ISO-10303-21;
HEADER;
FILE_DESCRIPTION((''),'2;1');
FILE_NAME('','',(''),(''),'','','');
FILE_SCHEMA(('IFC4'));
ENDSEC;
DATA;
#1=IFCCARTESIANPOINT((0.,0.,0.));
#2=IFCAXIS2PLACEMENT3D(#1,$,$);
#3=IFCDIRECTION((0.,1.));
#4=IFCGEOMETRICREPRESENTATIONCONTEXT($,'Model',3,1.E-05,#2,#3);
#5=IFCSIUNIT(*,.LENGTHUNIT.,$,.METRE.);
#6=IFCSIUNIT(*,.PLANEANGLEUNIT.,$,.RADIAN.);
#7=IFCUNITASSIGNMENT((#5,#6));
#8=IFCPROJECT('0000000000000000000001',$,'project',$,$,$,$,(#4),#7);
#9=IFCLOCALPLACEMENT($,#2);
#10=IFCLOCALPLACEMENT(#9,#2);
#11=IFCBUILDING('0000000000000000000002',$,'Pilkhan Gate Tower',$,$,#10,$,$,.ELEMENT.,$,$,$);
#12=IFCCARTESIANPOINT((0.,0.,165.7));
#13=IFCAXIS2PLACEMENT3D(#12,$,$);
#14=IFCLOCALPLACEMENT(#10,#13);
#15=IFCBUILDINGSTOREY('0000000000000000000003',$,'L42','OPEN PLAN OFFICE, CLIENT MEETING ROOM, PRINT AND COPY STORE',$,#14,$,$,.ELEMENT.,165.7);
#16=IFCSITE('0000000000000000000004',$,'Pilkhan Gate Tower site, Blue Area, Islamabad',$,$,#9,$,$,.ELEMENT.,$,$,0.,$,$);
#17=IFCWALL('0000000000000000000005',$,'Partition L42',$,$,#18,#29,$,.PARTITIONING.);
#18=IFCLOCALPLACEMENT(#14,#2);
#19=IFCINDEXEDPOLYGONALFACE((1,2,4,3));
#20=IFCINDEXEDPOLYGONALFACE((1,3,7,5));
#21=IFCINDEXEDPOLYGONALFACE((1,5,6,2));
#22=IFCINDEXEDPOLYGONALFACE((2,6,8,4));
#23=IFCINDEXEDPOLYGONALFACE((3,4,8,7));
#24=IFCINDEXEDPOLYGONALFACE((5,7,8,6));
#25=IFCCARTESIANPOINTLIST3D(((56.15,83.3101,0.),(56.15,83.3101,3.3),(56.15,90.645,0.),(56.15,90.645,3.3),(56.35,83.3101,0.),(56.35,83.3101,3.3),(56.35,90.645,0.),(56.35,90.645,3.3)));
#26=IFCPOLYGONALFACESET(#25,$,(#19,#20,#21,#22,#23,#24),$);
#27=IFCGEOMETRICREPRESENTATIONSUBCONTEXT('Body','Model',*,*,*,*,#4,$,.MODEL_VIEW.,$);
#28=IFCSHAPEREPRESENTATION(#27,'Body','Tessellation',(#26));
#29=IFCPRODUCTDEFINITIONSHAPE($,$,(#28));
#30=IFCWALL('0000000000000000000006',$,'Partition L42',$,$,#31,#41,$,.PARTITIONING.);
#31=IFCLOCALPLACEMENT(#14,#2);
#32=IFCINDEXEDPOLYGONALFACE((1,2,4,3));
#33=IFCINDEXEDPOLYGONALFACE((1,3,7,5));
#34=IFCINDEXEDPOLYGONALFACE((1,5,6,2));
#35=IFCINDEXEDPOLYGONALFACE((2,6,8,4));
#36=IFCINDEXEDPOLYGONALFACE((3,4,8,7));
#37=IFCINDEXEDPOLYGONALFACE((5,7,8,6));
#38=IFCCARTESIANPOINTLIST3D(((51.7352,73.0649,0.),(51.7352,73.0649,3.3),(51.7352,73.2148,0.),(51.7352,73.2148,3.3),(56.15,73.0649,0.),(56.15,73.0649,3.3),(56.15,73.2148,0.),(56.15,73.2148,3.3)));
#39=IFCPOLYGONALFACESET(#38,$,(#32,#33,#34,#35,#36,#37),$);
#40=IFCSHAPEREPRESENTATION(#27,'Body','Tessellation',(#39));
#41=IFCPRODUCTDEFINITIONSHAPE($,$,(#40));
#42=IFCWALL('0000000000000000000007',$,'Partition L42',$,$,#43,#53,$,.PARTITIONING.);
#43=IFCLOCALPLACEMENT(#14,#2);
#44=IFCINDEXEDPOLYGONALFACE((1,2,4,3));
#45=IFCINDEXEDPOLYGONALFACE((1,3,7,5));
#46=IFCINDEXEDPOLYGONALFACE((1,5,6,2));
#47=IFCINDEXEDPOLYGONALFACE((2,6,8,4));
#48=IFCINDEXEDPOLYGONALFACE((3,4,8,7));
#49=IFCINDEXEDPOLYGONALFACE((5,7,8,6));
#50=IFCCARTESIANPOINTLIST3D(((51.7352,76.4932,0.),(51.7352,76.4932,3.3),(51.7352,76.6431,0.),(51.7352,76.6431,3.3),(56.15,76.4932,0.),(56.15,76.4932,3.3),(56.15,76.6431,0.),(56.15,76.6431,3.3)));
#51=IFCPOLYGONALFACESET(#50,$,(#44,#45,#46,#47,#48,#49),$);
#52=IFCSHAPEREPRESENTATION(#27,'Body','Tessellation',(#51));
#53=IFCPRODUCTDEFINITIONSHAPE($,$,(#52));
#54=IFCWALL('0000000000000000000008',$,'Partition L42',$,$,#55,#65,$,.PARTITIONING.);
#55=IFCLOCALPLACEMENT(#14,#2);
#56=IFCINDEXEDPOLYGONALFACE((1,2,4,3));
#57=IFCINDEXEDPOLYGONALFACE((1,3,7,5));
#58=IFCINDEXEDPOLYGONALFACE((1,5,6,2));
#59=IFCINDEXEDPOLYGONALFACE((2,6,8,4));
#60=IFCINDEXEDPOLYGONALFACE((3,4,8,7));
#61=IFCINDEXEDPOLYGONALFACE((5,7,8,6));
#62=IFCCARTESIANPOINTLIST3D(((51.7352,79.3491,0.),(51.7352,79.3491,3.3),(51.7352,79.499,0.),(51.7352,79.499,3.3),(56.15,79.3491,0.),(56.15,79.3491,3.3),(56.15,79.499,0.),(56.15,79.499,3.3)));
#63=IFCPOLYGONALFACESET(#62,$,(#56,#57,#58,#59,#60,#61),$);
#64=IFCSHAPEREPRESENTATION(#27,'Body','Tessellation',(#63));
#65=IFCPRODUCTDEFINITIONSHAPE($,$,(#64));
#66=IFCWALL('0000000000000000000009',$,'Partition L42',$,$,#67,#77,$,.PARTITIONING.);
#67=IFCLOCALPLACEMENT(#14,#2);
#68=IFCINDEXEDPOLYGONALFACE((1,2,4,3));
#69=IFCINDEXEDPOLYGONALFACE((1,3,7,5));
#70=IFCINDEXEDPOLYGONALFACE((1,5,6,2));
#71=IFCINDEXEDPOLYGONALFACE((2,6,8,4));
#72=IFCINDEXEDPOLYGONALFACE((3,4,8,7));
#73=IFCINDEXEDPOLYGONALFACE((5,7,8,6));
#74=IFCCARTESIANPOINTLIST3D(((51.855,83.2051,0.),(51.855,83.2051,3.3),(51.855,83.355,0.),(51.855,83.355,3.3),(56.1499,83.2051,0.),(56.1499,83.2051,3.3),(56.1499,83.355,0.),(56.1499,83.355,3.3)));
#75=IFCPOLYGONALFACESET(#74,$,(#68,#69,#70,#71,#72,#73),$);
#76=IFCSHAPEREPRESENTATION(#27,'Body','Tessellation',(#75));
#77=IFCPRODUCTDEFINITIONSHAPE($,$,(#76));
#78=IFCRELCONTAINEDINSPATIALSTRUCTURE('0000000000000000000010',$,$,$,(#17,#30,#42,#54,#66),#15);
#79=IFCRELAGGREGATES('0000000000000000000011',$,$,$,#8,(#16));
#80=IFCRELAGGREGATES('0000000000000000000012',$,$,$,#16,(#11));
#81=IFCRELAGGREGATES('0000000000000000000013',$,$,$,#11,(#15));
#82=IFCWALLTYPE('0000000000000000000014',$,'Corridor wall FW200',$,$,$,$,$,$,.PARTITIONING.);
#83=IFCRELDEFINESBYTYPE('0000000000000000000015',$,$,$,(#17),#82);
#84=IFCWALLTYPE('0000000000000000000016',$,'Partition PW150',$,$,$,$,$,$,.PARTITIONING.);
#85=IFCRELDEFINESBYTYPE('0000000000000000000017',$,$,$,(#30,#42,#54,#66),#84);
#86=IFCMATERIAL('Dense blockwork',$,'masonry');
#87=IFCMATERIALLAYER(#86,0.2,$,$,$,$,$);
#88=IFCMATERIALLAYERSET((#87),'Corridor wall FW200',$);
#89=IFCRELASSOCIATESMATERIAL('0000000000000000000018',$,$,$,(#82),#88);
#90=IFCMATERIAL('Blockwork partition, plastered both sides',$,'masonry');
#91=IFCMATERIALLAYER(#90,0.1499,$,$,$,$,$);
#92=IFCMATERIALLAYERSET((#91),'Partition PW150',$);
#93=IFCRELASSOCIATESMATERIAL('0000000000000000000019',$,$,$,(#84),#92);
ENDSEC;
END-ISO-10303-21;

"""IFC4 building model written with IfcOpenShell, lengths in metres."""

from ifc_helpers import new_model, si_unit, direction, frame, frame_2d, origin, place, context, subcontext, project, spatial, rectangle, extrude, material, layer, layer_set, type_object, element, save


model = new_model("IFC4")

# Units and contexts
model_context = context("Model", 3, precision=1e-05, world=origin(), true_north=direction((0.0, 1.0)))
body_context = subcontext(model_context, "Body", "Model", "MODEL_VIEW")
ifc_project = project(units=[si_unit("LENGTHUNIT", "METRE"), si_unit("PLANEANGLEUNIT", "RADIAN")], contexts=[model_context])

# Site, building, storey
site_placement = place(None, origin())
site = spatial("IfcSite", under=ifc_project, at=site_placement, Name="Pilkhan Gate Tower site, Blue Area, Islamabad", CompositionType="ELEMENT", RefElevation=0.0)
building_placement = place(site_placement, origin())
building = spatial("IfcBuilding", under=site, at=building_placement, Name="Pilkhan Gate Tower", CompositionType="ELEMENT")
storey_placement = place(building_placement, frame((0.0, 0.0, 165.7)))
storey = spatial("IfcBuildingStorey", under=building, at=storey_placement, Name="L42", Description="OPEN PLAN OFFICE, CLIENT MEETING ROOM, PRINT AND COPY STORE", CompositionType="ELEMENT", Elevation=165.7)

# Walls
ifc_material_1 = material(Name="Dense blockwork", Category="masonry")
ifc_layer_1 = layer(ifc_material_1, 0.2)
ifc_layer_set_1 = layer_set([ifc_layer_1], Name="Corridor wall FW200")
wall_type_1 = type_object("IfcWallType", Name="Corridor wall FW200", PredefinedType="PARTITIONING", material=ifc_layer_set_1)
wall_1_placement = place(storey_placement, frame((56.25, 83.3101, 0.0), z_axis=(0.0, 0.0, 1.0), x_axis=(0.0, 1.0, 0.0)))
element("IfcWall", 1, at=wall_1_placement, inside=storey, type_object=wall_type_1, Name="Partition L42", PredefinedType="PARTITIONING", context=body_context, shape_type="SweptSolid", body=[
    extrude(rectangle(XDim=7.335, YDim=0.2, at=frame_2d((3.6675, 0.0))), origin(), (0.0, 0.0, 1.0), 3.3),
])
ifc_material_2 = material(Name="Blockwork partition, plastered both sides", Category="masonry")
ifc_layer_2 = layer(ifc_material_2, 0.1499)
ifc_layer_set_2 = layer_set([ifc_layer_2], Name="Partition PW150")
wall_type_2 = type_object("IfcWallType", Name="Partition PW150", PredefinedType="PARTITIONING", material=ifc_layer_set_2)
for number, where, z_axis, x_axis, name in (
    (2, (51.7351, 73.1399, 0.0), (0.0, 0.0, 1.0), (1.0, 0.0, 0.0), "Partition L42"),
    (3, (51.7351, 76.5681, 0.0), (0.0, 0.0, 1.0), (1.0, 0.0, 0.0), "Partition L42"),
    (4, (51.7351, 79.4241, 0.0), (0.0, 0.0, 1.0), (1.0, 0.0, 0.0), "Partition L42"),
):
    element("IfcWall", number, at=place(storey_placement, frame(where, z_axis=z_axis, x_axis=x_axis)), inside=storey, type_object=wall_type_2, Name=name, PredefinedType="PARTITIONING", context=body_context, shape_type="SweptSolid", body=[
        extrude(rectangle(XDim=4.4148, YDim=0.1499, at=frame_2d((2.2075, 0.0))), origin(), (0.0, 0.0, 1.0), 3.3),
    ])
wall_2_placement = place(storey_placement, frame((51.855, 83.28, 0.0), z_axis=(0.0, 0.0, 1.0), x_axis=(1.0, 0.0, 0.0)))
element("IfcWall", 5, at=wall_2_placement, inside=storey, type_object=wall_type_2, Name="Partition L42", PredefinedType="PARTITIONING", context=body_context, shape_type="SweptSolid", body=[
    extrude(rectangle(XDim=4.2949, YDim=0.1499, at=frame_2d((2.1475, 0.0))), origin(), (0.0, 0.0, 1.0), 3.3),
])

save(model, "model.ifc")
